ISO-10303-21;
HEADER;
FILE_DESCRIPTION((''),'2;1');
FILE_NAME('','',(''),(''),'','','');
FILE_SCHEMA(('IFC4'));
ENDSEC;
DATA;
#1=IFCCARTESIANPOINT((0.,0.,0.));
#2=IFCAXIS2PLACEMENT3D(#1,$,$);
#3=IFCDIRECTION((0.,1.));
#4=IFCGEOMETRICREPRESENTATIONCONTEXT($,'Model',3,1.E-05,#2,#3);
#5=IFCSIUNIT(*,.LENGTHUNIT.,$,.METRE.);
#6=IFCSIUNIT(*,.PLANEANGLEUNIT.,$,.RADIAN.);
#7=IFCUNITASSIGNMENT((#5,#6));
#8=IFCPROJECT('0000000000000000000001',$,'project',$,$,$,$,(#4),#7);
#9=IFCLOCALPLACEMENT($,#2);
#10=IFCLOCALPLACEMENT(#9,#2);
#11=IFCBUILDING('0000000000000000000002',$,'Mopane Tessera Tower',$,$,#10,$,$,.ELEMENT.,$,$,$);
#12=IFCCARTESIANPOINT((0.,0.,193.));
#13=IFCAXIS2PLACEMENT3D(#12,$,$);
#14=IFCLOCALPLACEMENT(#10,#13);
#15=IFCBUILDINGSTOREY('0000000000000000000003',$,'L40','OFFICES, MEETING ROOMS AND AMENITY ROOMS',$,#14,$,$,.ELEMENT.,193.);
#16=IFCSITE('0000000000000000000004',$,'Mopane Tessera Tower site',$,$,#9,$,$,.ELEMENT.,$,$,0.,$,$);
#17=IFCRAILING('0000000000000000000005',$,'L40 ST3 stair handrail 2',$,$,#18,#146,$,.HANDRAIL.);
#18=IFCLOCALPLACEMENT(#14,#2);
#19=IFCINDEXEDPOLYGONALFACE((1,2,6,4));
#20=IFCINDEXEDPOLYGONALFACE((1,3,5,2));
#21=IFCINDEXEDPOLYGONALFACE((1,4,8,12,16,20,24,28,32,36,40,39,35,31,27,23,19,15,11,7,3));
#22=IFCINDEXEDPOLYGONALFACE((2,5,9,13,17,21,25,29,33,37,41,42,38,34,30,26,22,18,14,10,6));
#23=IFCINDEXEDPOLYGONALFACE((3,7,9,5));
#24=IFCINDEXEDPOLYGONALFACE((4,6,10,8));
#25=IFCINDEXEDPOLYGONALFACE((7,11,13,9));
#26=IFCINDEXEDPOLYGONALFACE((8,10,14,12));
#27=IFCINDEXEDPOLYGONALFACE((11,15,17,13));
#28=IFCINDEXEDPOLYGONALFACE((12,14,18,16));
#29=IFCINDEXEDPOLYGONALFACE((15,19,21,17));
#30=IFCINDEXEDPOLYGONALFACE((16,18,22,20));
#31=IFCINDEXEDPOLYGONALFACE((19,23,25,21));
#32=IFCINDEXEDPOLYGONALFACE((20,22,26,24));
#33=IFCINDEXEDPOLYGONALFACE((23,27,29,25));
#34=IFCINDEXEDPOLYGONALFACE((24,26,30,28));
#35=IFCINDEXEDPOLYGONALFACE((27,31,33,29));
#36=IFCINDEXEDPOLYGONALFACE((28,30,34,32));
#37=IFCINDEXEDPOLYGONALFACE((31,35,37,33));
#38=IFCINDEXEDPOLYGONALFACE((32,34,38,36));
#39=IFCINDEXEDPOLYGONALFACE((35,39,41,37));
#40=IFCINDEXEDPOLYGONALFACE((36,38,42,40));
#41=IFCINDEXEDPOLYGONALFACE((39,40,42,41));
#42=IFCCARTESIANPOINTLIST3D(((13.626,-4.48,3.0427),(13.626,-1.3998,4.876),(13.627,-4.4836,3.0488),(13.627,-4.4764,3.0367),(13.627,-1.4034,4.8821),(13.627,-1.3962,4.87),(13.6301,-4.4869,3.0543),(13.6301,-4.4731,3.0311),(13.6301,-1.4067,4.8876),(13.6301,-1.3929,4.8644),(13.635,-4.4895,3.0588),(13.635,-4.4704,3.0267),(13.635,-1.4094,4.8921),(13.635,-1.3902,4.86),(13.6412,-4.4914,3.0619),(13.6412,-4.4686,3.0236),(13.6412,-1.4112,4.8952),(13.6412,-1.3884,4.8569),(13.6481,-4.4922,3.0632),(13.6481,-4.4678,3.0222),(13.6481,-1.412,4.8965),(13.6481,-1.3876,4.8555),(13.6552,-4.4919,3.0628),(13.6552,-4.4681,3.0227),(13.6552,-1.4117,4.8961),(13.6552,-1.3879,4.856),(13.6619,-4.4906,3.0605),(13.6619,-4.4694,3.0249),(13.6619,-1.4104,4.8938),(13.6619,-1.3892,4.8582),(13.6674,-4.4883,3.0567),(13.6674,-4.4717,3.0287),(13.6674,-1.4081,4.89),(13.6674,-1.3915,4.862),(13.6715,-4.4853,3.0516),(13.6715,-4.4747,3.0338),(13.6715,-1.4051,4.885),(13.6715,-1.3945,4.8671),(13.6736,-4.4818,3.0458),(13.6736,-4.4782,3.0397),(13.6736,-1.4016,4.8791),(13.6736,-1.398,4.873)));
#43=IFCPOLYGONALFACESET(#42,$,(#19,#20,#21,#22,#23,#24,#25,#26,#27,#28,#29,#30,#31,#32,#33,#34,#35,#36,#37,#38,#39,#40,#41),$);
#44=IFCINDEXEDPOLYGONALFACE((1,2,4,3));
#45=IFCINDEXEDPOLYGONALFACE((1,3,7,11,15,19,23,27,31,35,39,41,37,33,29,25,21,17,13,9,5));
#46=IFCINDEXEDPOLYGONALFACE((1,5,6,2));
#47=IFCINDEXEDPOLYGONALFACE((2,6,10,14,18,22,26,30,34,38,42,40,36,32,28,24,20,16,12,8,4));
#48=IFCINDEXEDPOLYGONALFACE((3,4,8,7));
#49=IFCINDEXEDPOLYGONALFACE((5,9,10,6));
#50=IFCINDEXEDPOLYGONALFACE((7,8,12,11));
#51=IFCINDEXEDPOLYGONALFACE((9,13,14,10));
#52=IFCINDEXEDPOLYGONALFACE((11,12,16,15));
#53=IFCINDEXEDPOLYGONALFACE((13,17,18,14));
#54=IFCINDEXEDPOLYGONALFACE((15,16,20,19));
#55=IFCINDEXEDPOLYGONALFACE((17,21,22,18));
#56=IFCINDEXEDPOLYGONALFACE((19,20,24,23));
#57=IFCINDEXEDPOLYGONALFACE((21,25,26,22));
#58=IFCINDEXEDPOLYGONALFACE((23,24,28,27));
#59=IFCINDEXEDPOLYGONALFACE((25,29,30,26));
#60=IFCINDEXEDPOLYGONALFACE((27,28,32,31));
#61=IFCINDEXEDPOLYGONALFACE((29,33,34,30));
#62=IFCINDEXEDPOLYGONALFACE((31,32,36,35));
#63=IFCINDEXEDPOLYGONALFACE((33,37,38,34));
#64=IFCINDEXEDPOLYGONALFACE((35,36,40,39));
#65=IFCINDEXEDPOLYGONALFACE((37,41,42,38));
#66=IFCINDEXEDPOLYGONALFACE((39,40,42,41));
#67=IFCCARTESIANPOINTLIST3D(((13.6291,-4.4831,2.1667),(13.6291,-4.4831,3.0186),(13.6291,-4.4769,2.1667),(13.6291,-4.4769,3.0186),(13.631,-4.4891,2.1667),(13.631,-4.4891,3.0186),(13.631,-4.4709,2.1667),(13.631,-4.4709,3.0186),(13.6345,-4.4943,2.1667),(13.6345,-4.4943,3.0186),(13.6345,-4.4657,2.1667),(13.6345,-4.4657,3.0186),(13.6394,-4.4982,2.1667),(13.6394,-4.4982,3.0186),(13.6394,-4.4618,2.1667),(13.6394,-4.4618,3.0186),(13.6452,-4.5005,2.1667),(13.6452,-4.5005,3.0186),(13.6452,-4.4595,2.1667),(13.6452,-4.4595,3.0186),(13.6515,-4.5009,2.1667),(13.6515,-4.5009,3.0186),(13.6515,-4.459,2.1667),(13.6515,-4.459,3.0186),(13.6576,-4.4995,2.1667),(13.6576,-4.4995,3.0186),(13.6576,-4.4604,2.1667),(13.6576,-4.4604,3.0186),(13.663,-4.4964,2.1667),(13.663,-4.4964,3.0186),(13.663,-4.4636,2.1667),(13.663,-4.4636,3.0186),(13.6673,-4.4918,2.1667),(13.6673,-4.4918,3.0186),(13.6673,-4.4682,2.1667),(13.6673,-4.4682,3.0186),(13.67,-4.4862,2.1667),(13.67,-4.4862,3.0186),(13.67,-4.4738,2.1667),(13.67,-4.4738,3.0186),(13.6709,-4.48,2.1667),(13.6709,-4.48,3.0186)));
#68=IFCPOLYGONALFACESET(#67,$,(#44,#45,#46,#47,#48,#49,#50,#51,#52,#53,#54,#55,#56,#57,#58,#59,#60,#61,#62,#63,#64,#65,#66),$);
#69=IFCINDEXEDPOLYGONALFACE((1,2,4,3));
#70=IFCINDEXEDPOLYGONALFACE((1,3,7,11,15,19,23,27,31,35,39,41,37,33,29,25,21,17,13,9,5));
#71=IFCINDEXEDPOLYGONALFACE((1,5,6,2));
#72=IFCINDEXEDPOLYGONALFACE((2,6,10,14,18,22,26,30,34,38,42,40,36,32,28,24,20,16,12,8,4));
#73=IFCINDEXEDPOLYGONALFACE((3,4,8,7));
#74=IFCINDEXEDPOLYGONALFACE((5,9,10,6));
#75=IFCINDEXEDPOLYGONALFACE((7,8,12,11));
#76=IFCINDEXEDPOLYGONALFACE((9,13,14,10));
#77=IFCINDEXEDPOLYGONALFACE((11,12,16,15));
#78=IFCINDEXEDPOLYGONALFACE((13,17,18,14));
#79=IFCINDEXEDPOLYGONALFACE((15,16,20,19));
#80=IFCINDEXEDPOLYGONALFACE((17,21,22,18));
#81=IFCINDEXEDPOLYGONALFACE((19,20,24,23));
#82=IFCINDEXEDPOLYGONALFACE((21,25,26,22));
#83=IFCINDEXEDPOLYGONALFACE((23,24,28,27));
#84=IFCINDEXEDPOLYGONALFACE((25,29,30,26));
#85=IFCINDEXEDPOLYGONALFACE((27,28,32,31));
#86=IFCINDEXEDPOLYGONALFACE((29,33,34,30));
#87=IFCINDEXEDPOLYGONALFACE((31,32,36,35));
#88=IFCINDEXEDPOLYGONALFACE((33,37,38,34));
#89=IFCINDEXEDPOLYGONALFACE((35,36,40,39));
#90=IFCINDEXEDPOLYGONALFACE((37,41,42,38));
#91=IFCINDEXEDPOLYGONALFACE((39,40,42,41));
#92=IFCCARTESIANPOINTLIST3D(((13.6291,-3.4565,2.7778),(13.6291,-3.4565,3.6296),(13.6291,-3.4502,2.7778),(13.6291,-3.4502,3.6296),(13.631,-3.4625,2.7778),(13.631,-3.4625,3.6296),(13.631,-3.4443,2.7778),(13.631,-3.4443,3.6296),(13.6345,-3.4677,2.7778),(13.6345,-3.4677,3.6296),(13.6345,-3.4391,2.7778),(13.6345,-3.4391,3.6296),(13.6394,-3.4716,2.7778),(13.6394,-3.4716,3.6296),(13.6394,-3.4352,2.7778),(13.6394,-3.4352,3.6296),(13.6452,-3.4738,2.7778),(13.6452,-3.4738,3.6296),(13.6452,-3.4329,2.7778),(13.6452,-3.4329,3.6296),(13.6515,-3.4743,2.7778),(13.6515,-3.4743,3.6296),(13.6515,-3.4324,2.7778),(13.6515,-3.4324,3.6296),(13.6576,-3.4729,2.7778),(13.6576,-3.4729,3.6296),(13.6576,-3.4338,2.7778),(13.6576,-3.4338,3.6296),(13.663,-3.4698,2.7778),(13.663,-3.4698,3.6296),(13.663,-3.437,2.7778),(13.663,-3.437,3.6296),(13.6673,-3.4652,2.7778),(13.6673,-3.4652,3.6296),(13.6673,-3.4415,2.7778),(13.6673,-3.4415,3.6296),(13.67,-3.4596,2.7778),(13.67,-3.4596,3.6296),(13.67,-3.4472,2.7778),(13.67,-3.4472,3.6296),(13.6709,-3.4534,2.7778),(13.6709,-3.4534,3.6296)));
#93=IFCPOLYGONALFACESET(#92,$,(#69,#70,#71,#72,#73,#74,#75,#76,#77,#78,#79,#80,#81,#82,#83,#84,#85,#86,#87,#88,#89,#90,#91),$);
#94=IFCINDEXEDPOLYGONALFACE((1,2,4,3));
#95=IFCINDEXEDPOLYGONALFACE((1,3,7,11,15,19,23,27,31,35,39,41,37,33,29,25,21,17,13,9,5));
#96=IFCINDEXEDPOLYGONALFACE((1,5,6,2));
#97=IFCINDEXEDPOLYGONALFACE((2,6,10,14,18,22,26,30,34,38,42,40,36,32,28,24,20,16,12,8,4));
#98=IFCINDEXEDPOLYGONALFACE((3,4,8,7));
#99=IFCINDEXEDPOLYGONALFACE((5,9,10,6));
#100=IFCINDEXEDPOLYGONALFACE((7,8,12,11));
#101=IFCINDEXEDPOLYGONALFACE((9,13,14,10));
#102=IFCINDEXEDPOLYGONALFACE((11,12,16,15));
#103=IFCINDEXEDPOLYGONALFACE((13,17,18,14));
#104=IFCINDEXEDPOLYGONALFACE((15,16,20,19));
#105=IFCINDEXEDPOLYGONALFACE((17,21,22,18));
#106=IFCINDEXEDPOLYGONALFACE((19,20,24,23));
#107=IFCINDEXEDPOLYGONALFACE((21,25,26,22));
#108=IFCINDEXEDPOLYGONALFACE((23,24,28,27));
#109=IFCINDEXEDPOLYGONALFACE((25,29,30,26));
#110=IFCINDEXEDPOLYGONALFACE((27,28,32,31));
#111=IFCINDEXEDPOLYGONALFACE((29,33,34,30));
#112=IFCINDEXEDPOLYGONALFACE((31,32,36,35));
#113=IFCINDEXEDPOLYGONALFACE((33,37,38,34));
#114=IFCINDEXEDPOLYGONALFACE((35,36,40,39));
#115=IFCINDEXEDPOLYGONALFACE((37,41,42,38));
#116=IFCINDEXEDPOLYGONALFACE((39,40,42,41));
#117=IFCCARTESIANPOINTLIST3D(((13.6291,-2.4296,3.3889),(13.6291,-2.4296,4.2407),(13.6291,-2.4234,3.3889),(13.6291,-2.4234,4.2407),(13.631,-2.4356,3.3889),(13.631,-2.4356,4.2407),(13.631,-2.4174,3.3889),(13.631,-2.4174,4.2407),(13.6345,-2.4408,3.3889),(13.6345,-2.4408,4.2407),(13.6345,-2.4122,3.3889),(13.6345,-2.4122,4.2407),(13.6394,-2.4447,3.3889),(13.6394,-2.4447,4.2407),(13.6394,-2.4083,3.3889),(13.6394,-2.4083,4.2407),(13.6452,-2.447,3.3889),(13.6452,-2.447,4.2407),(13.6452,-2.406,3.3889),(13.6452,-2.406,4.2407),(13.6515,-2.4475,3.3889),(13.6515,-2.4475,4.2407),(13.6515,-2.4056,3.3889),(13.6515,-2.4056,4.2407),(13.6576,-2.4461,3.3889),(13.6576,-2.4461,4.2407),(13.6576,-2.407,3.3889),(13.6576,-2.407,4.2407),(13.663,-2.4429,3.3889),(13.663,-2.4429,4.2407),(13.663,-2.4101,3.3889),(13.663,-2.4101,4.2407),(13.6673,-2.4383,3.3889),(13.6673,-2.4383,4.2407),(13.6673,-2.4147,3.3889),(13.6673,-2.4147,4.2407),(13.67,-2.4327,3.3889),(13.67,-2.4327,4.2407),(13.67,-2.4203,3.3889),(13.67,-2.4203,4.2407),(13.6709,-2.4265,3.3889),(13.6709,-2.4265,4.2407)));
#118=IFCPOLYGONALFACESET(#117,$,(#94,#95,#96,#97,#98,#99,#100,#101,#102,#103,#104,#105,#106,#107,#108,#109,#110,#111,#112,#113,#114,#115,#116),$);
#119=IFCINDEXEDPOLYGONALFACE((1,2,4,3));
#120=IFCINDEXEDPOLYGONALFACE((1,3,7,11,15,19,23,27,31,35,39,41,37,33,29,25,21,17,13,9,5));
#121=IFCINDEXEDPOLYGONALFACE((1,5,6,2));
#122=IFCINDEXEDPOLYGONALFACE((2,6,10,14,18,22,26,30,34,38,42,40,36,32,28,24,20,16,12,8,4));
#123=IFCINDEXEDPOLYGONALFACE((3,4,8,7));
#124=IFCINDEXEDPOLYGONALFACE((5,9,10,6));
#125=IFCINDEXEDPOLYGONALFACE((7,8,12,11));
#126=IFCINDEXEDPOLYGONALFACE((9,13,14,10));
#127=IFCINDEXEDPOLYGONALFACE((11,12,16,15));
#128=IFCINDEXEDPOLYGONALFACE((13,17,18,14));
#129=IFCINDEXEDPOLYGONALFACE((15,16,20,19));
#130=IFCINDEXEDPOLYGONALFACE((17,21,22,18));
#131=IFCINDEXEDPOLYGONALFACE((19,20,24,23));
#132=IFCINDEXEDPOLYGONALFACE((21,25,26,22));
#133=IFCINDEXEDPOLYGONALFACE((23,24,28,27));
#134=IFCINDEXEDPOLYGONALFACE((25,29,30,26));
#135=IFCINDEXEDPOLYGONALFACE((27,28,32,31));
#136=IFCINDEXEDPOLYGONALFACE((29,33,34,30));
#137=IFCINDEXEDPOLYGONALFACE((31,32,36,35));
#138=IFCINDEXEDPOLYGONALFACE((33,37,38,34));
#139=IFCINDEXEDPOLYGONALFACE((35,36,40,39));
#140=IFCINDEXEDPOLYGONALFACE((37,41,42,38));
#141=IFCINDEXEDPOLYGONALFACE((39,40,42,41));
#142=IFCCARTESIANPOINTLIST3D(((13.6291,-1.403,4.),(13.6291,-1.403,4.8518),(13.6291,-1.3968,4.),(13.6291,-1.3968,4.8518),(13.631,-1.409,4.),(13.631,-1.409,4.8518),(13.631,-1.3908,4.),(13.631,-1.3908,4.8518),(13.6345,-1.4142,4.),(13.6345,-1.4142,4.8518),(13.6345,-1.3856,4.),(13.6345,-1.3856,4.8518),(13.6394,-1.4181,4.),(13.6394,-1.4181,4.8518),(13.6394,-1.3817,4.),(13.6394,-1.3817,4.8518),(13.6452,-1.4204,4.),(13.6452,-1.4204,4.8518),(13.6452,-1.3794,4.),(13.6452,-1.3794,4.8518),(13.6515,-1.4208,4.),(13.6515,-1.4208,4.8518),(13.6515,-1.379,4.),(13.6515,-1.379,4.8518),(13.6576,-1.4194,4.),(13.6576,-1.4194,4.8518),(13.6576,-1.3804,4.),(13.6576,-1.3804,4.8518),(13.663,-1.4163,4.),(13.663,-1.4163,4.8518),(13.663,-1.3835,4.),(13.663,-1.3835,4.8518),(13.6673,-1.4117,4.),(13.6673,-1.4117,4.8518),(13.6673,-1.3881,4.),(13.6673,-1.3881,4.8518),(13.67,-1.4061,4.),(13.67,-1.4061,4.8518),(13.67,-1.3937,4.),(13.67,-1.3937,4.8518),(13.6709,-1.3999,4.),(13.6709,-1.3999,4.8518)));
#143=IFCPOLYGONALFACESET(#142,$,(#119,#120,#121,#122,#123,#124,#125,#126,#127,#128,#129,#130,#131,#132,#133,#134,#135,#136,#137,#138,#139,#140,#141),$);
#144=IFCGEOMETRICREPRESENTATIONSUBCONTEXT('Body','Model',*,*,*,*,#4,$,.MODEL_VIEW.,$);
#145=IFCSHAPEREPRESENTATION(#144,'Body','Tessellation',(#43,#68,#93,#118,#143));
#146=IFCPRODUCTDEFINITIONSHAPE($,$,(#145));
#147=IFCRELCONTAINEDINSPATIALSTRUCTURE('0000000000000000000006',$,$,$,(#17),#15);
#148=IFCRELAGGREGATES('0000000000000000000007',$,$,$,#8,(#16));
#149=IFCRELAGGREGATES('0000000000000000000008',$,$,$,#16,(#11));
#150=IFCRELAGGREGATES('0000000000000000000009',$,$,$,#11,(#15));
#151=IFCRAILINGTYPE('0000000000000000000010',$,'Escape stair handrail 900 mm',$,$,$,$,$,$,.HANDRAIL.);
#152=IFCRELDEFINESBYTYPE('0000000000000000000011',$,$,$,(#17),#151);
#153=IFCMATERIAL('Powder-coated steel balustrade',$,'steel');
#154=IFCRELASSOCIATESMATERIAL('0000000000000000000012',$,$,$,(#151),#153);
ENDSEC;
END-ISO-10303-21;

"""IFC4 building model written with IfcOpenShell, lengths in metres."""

from ifc_helpers import new_model, si_unit, direction, frame, origin, origin_2d, place, context, subcontext, project, spatial, circle, extrude, material, type_object, element, save


model = new_model("IFC4")

# Units and contexts
model_context = context("Model", 3, precision=1e-05, world=origin(), true_north=direction((0.0, 1.0)))
body_context = subcontext(model_context, "Body", "Model", "MODEL_VIEW")
ifc_project = project(units=[si_unit("LENGTHUNIT", "METRE"), si_unit("PLANEANGLEUNIT", "RADIAN")], contexts=[model_context])

# Site, building, storey
site_placement = place(None, origin())
site = spatial("IfcSite", under=ifc_project, at=site_placement, Name="Mopane Tessera Tower site", CompositionType="ELEMENT", RefElevation=0.0)
building_placement = place(site_placement, origin())
building = spatial("IfcBuilding", under=site, at=building_placement, Name="Mopane Tessera Tower", CompositionType="ELEMENT")
storey_placement = place(building_placement, frame((0.0, 0.0, 193.0)))
storey = spatial("IfcBuildingStorey", under=building, at=storey_placement, Name="L40", Description="OFFICES, MEETING ROOMS AND AMENITY ROOMS", CompositionType="ELEMENT", Elevation=193.0)

# Railing
ifc_material_1 = material(Name="Powder-coated steel balustrade", Category="steel")
railing_type_1 = type_object("IfcRailingType", Name="Escape stair handrail 900 mm", PredefinedType="HANDRAIL", material=ifc_material_1)
railing_1_placement = place(storey_placement, frame((13.6499, -4.48, 2.1667)))
element("IfcRailing", 1, at=railing_1_placement, inside=storey, type_object=railing_type_1, Name="L40 ST3 stair handrail 2", PredefinedType="HANDRAIL", context=body_context, shape_type="SweptSolid", body=[
    extrude(circle(Radius=0.0239, at=origin_2d()), frame((0.0, 0.0, 0.876), z_axis=(0.0, 0.859309, 0.511458), x_axis=(-1.0, 0.0, 0.0)), (0.0, 0.0, 1.0), 3.5845),
    extrude(circle(Radius=0.021, at=origin_2d()), origin(), (0.0, 0.0, 1.0), 0.8518),
    extrude(circle(Radius=0.021, at=origin_2d()), frame((0.0, 1.0266, 0.6111)), (0.0, 0.0, 1.0), 0.8518),
    extrude(circle(Radius=0.021, at=origin_2d()), frame((0.0, 2.0535, 1.2222)), (0.0, 0.0, 1.0), 0.8518),
    extrude(circle(Radius=0.021, at=origin_2d()), frame((0.0, 3.0801, 1.8333)), (0.0, 0.0, 1.0), 0.8518),
])

save(model, "model.ifc")
